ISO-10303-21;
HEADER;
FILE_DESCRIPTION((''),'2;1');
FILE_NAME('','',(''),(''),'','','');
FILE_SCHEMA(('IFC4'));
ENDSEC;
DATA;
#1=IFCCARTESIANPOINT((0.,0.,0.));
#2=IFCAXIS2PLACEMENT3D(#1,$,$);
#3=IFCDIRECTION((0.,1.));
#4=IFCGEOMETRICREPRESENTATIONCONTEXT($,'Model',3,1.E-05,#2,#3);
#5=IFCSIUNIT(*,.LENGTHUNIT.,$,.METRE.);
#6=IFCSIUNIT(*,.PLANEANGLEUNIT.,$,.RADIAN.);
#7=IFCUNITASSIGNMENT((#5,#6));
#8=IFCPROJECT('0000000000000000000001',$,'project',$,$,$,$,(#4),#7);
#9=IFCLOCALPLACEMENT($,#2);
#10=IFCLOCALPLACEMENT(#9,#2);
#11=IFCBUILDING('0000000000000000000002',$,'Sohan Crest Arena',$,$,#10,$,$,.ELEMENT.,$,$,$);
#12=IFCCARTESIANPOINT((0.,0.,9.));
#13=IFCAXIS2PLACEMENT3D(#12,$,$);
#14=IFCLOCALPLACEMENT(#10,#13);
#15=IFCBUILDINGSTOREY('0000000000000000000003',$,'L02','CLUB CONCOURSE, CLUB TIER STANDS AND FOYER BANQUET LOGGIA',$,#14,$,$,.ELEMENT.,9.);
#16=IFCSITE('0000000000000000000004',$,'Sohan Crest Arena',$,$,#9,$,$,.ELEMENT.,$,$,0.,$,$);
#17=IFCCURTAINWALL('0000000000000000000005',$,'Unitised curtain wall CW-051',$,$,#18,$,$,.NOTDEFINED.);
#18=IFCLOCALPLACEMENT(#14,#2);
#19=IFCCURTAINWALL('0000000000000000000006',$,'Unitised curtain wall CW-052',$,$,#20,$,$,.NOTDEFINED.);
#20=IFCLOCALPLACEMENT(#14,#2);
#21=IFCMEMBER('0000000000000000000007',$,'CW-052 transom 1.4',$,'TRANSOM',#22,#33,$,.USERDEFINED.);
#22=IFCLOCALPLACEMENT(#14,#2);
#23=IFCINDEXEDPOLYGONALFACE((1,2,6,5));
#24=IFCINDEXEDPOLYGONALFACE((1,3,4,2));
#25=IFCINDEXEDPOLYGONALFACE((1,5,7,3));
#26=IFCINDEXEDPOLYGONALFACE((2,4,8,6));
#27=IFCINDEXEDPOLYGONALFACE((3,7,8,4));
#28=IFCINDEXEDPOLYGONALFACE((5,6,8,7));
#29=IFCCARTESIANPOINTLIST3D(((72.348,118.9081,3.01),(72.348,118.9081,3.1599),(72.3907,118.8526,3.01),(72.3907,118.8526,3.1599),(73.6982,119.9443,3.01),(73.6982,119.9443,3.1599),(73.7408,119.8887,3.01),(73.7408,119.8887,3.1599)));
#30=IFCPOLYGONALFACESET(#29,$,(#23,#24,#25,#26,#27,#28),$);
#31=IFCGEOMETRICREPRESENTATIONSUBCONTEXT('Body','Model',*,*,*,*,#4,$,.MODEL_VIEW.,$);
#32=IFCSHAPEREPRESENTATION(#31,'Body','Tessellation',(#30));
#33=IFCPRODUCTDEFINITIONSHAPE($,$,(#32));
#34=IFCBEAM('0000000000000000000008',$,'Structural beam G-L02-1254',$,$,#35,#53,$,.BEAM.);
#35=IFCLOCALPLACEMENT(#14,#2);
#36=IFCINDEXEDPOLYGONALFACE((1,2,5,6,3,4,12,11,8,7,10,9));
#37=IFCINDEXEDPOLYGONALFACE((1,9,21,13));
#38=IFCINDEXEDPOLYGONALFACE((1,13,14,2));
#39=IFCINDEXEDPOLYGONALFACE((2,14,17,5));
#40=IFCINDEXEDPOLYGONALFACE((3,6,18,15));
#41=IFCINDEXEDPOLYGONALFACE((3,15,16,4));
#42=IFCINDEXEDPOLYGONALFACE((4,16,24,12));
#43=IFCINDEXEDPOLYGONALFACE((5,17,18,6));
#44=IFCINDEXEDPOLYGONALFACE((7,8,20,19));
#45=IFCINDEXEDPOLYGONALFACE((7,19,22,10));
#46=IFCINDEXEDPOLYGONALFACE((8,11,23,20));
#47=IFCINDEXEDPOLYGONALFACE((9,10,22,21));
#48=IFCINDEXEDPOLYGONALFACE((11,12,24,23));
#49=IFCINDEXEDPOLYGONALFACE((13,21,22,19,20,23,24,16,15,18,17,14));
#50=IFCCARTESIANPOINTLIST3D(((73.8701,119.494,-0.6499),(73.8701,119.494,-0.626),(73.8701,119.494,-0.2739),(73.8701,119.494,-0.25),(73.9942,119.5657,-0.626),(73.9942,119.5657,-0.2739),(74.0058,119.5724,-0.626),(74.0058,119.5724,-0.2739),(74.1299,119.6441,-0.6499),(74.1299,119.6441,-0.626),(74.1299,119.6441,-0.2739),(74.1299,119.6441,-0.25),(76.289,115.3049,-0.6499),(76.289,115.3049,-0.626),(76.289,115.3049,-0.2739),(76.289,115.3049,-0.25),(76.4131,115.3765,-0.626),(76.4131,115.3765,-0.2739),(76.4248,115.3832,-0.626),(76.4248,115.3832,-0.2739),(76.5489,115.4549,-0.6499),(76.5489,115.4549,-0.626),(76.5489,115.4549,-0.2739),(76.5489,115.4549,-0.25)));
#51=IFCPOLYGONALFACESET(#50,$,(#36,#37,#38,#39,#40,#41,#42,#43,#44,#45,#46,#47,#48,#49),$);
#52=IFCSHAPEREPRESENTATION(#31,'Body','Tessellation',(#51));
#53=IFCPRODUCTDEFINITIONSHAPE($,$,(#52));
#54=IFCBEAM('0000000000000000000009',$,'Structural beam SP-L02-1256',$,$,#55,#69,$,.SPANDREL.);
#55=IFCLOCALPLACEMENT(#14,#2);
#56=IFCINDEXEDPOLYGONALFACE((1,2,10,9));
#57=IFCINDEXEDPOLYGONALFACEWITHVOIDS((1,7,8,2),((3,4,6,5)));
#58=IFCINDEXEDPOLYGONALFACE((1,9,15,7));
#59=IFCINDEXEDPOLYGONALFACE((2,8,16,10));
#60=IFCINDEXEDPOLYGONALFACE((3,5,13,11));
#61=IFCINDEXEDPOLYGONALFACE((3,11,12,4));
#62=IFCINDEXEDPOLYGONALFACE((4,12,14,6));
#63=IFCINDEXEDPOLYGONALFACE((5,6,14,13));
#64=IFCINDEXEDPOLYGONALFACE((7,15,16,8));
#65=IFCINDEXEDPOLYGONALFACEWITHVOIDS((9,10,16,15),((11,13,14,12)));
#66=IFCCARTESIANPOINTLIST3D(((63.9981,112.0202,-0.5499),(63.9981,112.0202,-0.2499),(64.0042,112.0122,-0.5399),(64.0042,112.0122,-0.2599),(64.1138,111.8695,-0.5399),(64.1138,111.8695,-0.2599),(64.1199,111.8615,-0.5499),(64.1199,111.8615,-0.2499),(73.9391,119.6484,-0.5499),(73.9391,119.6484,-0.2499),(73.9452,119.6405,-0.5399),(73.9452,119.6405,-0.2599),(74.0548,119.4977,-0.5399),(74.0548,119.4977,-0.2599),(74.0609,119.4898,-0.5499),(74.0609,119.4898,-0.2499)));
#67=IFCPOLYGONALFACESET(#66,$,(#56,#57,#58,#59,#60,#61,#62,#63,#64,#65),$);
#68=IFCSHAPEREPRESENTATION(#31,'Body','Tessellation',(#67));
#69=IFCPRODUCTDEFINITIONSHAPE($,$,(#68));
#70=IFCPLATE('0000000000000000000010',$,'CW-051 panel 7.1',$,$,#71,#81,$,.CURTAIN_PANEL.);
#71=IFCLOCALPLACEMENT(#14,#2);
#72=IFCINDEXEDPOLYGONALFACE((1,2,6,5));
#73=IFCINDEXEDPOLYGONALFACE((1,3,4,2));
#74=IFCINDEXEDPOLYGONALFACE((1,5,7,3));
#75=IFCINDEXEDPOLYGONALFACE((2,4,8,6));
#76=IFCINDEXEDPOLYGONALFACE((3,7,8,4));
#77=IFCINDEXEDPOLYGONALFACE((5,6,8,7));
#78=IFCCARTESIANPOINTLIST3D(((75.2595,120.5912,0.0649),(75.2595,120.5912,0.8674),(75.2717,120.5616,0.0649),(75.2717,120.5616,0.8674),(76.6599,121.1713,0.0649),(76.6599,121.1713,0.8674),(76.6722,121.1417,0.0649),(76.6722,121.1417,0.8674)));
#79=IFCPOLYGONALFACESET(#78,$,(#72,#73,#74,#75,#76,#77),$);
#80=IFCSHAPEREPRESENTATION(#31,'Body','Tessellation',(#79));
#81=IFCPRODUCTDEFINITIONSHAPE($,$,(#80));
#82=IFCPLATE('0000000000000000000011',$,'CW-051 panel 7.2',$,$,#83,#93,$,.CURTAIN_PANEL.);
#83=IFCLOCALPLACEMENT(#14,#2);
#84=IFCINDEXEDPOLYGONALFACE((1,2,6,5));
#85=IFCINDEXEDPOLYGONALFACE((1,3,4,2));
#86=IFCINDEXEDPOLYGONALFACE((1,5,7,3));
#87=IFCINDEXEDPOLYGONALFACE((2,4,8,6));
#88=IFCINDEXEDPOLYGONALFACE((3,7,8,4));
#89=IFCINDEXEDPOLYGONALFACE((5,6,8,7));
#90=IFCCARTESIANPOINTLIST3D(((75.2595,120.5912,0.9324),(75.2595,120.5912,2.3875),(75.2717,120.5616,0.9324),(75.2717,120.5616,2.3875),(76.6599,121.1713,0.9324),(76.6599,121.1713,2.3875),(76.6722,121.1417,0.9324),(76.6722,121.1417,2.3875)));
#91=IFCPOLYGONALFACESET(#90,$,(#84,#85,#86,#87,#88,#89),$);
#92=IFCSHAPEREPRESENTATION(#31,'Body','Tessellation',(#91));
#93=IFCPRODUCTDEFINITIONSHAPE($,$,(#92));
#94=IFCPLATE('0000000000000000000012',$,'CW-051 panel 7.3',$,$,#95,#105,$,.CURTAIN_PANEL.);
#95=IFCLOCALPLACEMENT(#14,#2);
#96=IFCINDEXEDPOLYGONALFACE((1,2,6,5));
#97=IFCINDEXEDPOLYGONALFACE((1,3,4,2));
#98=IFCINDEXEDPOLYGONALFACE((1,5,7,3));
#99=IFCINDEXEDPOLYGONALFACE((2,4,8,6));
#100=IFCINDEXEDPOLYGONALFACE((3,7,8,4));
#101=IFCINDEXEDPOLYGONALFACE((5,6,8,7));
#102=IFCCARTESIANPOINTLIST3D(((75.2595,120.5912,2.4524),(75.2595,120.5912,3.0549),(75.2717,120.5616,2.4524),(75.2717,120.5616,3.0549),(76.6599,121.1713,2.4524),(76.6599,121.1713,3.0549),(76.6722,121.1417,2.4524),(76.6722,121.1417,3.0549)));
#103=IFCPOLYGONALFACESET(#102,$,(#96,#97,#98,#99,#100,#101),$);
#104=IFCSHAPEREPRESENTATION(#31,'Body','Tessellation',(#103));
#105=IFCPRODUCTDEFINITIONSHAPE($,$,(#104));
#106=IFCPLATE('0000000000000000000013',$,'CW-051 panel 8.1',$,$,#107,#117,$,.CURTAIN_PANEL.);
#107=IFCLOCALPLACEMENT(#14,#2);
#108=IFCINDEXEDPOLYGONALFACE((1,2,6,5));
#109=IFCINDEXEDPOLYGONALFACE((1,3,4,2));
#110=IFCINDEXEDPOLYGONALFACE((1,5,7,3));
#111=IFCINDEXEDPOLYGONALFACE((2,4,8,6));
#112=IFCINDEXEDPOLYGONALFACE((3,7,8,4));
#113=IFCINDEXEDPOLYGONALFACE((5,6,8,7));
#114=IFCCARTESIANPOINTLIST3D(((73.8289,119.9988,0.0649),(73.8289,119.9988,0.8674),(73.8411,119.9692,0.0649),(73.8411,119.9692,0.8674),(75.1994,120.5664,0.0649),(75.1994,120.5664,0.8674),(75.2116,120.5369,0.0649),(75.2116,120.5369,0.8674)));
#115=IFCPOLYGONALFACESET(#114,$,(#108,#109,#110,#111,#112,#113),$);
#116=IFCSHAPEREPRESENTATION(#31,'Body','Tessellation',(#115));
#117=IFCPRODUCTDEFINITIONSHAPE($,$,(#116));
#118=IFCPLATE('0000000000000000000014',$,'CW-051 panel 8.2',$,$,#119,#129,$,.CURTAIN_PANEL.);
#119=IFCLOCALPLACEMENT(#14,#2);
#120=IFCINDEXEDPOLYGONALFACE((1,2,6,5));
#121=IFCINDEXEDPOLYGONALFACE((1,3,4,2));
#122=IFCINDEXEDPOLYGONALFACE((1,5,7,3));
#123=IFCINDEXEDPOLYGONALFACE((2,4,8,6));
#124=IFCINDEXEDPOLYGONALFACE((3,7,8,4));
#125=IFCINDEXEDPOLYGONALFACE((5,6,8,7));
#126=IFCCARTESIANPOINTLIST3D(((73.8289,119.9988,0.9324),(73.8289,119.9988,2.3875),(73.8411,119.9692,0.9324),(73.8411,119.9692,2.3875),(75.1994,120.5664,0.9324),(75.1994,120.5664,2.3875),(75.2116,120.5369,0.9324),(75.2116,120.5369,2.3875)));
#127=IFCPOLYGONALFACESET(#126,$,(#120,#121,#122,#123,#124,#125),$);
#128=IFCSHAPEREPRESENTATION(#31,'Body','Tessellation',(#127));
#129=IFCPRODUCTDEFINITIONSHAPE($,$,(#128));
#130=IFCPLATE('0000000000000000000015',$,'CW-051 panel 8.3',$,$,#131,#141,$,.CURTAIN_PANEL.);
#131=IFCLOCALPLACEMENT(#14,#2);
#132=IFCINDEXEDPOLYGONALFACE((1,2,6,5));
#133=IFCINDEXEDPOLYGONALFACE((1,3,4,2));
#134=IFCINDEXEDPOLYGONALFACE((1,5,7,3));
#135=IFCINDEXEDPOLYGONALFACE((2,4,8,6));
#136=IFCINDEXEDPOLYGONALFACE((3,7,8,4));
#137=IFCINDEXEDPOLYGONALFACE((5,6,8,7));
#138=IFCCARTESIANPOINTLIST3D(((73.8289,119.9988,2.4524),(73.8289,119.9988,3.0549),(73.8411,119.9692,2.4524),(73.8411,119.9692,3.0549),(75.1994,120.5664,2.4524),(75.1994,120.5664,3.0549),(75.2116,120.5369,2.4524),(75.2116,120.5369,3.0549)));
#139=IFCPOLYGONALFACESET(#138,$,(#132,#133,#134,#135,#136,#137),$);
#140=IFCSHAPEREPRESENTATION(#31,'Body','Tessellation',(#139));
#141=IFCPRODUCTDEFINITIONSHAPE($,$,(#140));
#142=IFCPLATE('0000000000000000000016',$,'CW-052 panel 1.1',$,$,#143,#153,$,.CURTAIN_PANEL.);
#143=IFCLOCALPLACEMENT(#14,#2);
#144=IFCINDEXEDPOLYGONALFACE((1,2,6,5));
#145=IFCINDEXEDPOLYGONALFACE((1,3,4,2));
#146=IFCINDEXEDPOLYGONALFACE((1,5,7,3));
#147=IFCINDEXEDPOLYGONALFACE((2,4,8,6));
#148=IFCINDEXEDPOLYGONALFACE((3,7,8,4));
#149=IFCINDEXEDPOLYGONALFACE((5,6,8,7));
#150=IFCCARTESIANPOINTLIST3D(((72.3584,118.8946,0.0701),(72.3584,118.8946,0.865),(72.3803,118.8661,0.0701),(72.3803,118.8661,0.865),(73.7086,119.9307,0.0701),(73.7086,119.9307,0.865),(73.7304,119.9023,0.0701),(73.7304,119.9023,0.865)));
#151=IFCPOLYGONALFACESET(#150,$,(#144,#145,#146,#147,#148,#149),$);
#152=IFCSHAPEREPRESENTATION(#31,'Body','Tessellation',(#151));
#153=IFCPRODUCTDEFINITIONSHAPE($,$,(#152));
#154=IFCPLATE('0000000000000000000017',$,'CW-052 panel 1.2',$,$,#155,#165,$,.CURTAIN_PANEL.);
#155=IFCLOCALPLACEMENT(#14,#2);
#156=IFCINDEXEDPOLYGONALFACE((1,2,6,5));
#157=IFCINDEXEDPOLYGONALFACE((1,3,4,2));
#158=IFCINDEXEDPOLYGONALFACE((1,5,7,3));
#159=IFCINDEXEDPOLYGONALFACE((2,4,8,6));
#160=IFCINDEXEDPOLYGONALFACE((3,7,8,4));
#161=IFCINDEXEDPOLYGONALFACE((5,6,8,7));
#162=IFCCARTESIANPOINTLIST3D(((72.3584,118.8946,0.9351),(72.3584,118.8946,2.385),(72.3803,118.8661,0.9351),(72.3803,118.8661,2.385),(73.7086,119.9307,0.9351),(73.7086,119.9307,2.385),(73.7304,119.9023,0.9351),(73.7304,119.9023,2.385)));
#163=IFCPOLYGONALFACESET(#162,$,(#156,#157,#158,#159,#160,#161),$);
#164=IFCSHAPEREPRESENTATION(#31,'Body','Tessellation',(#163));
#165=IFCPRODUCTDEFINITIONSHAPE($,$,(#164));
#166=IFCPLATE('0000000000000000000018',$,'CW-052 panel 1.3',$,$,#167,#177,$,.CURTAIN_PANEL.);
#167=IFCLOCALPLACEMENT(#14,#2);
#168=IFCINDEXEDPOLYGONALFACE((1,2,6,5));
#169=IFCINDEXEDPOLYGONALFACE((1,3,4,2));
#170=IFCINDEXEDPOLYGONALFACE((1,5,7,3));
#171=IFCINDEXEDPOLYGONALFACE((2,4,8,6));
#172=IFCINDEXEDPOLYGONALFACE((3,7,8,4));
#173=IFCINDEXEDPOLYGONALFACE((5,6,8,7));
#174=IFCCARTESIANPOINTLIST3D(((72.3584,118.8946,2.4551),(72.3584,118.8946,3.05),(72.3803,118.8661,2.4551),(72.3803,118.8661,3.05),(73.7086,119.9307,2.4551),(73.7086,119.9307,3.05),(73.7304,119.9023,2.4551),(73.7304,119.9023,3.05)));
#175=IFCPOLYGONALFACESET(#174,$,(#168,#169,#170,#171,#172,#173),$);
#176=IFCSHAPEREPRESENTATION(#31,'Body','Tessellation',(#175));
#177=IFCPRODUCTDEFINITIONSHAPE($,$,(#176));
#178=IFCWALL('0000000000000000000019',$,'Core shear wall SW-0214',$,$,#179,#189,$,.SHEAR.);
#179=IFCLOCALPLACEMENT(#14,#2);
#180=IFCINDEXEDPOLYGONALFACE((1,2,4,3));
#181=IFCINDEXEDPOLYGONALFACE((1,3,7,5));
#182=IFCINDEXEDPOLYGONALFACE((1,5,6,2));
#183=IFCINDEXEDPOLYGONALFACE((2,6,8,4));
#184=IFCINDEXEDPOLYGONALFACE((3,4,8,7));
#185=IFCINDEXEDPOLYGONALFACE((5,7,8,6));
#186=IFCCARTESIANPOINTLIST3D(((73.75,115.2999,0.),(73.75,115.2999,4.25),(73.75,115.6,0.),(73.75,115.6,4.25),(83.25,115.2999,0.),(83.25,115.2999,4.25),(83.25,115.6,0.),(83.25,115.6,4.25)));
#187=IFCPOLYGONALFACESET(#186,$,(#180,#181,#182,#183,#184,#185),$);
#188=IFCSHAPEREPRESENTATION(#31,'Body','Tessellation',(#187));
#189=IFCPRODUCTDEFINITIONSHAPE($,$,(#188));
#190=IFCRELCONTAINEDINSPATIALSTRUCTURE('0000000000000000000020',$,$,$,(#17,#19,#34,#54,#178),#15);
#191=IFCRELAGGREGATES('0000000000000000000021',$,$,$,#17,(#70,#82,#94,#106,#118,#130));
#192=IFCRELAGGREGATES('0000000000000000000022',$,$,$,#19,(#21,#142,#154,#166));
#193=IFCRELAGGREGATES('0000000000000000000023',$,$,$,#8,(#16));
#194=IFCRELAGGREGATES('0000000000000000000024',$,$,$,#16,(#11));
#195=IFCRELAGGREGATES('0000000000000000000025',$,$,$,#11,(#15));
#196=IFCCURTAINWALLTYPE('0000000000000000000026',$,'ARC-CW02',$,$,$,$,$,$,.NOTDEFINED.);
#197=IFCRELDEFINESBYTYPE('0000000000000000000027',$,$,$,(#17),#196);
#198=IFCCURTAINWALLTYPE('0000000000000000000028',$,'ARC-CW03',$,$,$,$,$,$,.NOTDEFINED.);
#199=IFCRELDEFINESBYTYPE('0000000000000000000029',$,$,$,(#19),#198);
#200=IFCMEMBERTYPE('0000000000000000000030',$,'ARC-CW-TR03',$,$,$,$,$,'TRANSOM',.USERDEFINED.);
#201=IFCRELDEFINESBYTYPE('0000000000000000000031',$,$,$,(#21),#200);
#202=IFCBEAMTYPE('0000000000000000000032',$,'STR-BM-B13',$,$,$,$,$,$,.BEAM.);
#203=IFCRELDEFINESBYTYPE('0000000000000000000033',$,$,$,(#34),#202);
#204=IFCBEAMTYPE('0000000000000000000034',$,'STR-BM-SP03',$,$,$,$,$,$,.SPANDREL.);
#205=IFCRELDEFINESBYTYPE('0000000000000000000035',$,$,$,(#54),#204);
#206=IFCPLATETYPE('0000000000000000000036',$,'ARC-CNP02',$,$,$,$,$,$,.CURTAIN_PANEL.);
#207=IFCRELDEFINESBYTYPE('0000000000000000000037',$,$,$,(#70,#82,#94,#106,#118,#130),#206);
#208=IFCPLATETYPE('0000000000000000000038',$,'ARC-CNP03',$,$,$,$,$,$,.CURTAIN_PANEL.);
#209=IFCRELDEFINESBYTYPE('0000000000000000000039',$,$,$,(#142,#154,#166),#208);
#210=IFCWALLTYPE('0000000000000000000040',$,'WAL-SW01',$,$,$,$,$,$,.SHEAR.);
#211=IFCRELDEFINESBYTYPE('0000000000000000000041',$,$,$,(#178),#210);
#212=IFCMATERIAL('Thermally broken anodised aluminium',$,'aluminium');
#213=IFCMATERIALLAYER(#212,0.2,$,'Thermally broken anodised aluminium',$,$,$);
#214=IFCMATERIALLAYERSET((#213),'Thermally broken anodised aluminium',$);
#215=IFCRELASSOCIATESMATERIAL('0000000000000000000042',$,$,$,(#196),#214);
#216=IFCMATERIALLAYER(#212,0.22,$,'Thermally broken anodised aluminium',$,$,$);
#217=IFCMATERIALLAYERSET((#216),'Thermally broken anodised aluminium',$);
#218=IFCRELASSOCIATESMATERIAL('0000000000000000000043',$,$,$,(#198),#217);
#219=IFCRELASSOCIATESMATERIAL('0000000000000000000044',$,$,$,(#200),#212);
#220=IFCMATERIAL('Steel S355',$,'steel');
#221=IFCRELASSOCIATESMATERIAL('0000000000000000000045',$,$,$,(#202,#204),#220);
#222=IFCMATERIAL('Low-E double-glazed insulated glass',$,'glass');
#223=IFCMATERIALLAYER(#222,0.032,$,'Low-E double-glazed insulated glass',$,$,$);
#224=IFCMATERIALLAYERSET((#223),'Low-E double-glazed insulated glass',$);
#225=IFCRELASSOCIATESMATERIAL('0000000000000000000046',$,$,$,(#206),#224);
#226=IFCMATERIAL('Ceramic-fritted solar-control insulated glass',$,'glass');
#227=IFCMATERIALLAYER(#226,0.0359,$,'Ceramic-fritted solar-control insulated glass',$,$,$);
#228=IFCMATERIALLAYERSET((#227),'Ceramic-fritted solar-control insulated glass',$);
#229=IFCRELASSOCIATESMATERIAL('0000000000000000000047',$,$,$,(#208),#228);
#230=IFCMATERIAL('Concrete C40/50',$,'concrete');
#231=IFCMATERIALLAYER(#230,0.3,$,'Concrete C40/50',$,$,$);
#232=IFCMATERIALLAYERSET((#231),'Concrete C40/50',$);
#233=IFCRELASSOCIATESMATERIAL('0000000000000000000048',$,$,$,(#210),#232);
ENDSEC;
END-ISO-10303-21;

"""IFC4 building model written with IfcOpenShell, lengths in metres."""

from ifc_helpers import new_model, si_unit, direction, frame, frame_2d, origin, origin_2d, place, context, subcontext, project, spatial, rectangle, hollow_rectangle, i_section, extrude, material, layer, layer_set, material_profile, profile_set, type_object, element, aggregate, save


model = new_model("IFC4")

# Units and contexts
model_context = context("Model", 3, precision=1e-05, world=origin(), true_north=direction((0.0, 1.0)))
body_context = subcontext(model_context, "Body", "Model", "MODEL_VIEW")
ifc_project = project(units=[si_unit("LENGTHUNIT", "METRE"), si_unit("PLANEANGLEUNIT", "RADIAN")], contexts=[model_context])

# Site, building, storey
site_placement = place(None, origin())
site = spatial("IfcSite", under=ifc_project, at=site_placement, Name="Sohan Crest Arena", CompositionType="ELEMENT", RefElevation=0.0)
building_placement = place(site_placement, origin())
building = spatial("IfcBuilding", under=site, at=building_placement, Name="Sohan Crest Arena", CompositionType="ELEMENT")
storey_placement = place(building_placement, frame((0.0, 0.0, 9.0)))
storey = spatial("IfcBuildingStorey", under=building, at=storey_placement, Name="L02", Description="CLUB CONCOURSE, CLUB TIER STANDS AND FOYER BANQUET LOGGIA", CompositionType="ELEMENT", Elevation=9.0)

# Shared definitions
ifc_material_1 = material(Name="Steel S355", Category="steel")

# Curtain wall
ifc_material_2 = material(Name="Thermally broken anodised aluminium", Category="aluminium")
ifc_layer_1 = layer(ifc_material_2, 0.2, Name="Thermally broken anodised aluminium")
ifc_layer_set_1 = layer_set([ifc_layer_1], Name="Thermally broken anodised aluminium")
curtain_wall_type_1 = type_object("IfcCurtainWallType", Name="ARC-CW02", PredefinedType="NOTDEFINED", material=ifc_layer_set_1)
curtain_wall_1_placement = place(storey_placement, origin())
curtain_wall_1 = element("IfcCurtainWall", 1, at=curtain_wall_1_placement, inside=storey, type_object=curtain_wall_type_1, Name="Unitised curtain wall CW-051", PredefinedType="NOTDEFINED")

# Curtain wall
ifc_layer_2 = layer(ifc_material_2, 0.22, Name="Thermally broken anodised aluminium")
ifc_layer_set_2 = layer_set([ifc_layer_2], Name="Thermally broken anodised aluminium")
curtain_wall_type_2 = type_object("IfcCurtainWallType", Name="ARC-CW03", PredefinedType="NOTDEFINED", material=ifc_layer_set_2)
curtain_wall_2_placement = place(storey_placement, origin())
curtain_wall_2 = element("IfcCurtainWall", 2, at=curtain_wall_2_placement, inside=storey, type_object=curtain_wall_type_2, Name="Unitised curtain wall CW-052", PredefinedType="NOTDEFINED")

# Member
ifc_material_profile_1 = material_profile(ifc_material_2, rectangle(XDim=0.0701, YDim=0.1499, at=origin_2d()), Name="ALU-TRAN 70x150")
ifc_profile_set_1 = profile_set([ifc_material_profile_1], Name="Thermally broken anodised aluminium")
member_type_1 = type_object("IfcMemberType", Name="ARC-CW-TR03", ElementType="TRANSOM", PredefinedType="USERDEFINED", material=ifc_profile_set_1)
member_1_placement = place(storey_placement, frame((73.7195, 119.9165, 3.085), z_axis=(-0.793306, -0.608823, 0.0), x_axis=(0.608823, -0.793306, 0.0)))
member_1 = element("IfcMember", 3, at=member_1_placement, type_object=member_type_1, Name="CW-052 transom 1.4", ObjectType="TRANSOM", PredefinedType="USERDEFINED", context=body_context, shape_type="SweptSolid", body=[
    extrude(rectangle(XDim=0.0701, YDim=0.1499, at=origin_2d()), origin(), (0.0, 0.0, 1.0), 1.7019),
])

# Beams
ifc_material_profile_2 = material_profile(ifc_material_1, i_section(OverallWidth=0.3, OverallDepth=0.3999, WebThickness=0.0134, FlangeThickness=0.0239, at=origin_2d()), Name="HEB 400")
ifc_profile_set_2 = profile_set([ifc_material_profile_2], Name="Steel S355")
beam_type_1 = type_object("IfcBeamType", Name="STR-BM-B13", PredefinedType="BEAM", material=ifc_profile_set_2)
beam_1_placement = place(storey_placement, frame((76.4189, 115.3799, -0.45), z_axis=(-0.500047, 0.865998, 0.0), x_axis=(-0.865998, -0.500047, 0.0)))
element("IfcBeam", 4, at=beam_1_placement, inside=storey, type_object=beam_type_1, Name="Structural beam G-L02-1254", PredefinedType="BEAM", context=body_context, shape_type="SweptSolid", body=[
    extrude(i_section(OverallWidth=0.3, OverallDepth=0.3999, WebThickness=0.0134, FlangeThickness=0.0239, at=origin_2d()), origin(), (0.0, 0.0, 1.0), 4.8374),
])
ifc_material_profile_3 = material_profile(ifc_material_1, hollow_rectangle(XDim=0.2, YDim=0.3, WallThickness=0.01, at=origin_2d()), Name="RHS 300x200x10")
ifc_profile_set_3 = profile_set([ifc_material_profile_3], Name="Steel S355")
beam_type_2 = type_object("IfcBeamType", Name="STR-BM-SP03", PredefinedType="SPANDREL", material=ifc_profile_set_3)
beam_2_placement = place(storey_placement, frame((74.0, 119.5691, -0.3999), z_axis=(-0.793344, -0.608773, 0.0), x_axis=(0.608773, -0.793344, 0.0)))
element("IfcBeam", 5, at=beam_2_placement, inside=storey, type_object=beam_type_2, Name="Structural beam SP-L02-1256", PredefinedType="SPANDREL", context=body_context, shape_type="SweptSolid", body=[
    extrude(hollow_rectangle(XDim=0.2, YDim=0.3, WallThickness=0.01, at=origin_2d()), origin(), (0.0, 0.0, 1.0), 12.5305),
])

# Plates
ifc_material_3 = material(Name="Low-E double-glazed insulated glass", Category="glass")
ifc_layer_3 = layer(ifc_material_3, 0.032, Name="Low-E double-glazed insulated glass")
ifc_layer_set_3 = layer_set([ifc_layer_3], Name="Low-E double-glazed insulated glass")
plate_type_1 = type_object("IfcPlateType", Name="ARC-CNP02", PredefinedType="CURTAIN_PANEL", material=ifc_layer_set_3)
plate_1_placement = place(storey_placement, frame((75.9658, 120.8665, 0.0649), z_axis=(0.0, 0.0, 1.0), x_axis=(-0.923882, -0.382678, 0.0)))
plate_1 = element("IfcPlate", 6, at=plate_1_placement, type_object=plate_type_1, Name="CW-051 panel 7.1", PredefinedType="CURTAIN_PANEL", context=body_context, shape_type="SweptSolid", body=[
    extrude(rectangle(XDim=1.5159, YDim=0.032, at=origin_2d()), origin(), (0.0, 0.0, 1.0), 0.8025),
])
plate_2_placement = place(storey_placement, frame((75.9658, 120.8665, 0.9324), z_axis=(0.0, 0.0, 1.0), x_axis=(-0.923882, -0.382678, 0.0)))
plate_2 = element("IfcPlate", 7, at=plate_2_placement, type_object=plate_type_1, Name="CW-051 panel 7.2", PredefinedType="CURTAIN_PANEL", context=body_context, shape_type="SweptSolid", body=[
    extrude(rectangle(XDim=1.5159, YDim=0.032, at=origin_2d()), origin(), (0.0, 0.0, 1.0), 1.4551),
])
plate_3_placement = place(storey_placement, frame((75.9658, 120.8665, 2.4524), z_axis=(0.0, 0.0, 1.0), x_axis=(-0.923882, -0.382678, 0.0)))
plate_3 = element("IfcPlate", 8, at=plate_3_placement, type_object=plate_type_1, Name="CW-051 panel 7.3", PredefinedType="CURTAIN_PANEL", context=body_context, shape_type="SweptSolid", body=[
    extrude(rectangle(XDim=1.5159, YDim=0.032, at=origin_2d()), origin(), (0.0, 0.0, 1.0), 0.6025),
])
plate_4_placement = place(storey_placement, frame((74.5203, 120.2678, 0.0649), z_axis=(0.0, 0.0, 1.0), x_axis=(-0.923882, -0.382678, 0.0)))
plate_4 = element("IfcPlate", 9, at=plate_4_placement, type_object=plate_type_1, Name="CW-051 panel 8.1", PredefinedType="CURTAIN_PANEL", context=body_context, shape_type="SweptSolid", body=[
    extrude(rectangle(XDim=1.4834, YDim=0.032, at=origin_2d()), origin(), (0.0, 0.0, 1.0), 0.8025),
])
plate_5_placement = place(storey_placement, frame((74.5203, 120.2678, 0.9324), z_axis=(0.0, 0.0, 1.0), x_axis=(-0.923882, -0.382678, 0.0)))
plate_5 = element("IfcPlate", 10, at=plate_5_placement, type_object=plate_type_1, Name="CW-051 panel 8.2", PredefinedType="CURTAIN_PANEL", context=body_context, shape_type="SweptSolid", body=[
    extrude(rectangle(XDim=1.4834, YDim=0.032, at=origin_2d()), origin(), (0.0, 0.0, 1.0), 1.4551),
])
plate_6_placement = place(storey_placement, frame((74.5203, 120.2678, 2.4524), z_axis=(0.0, 0.0, 1.0), x_axis=(-0.923882, -0.382678, 0.0)))
plate_6 = element("IfcPlate", 11, at=plate_6_placement, type_object=plate_type_1, Name="CW-051 panel 8.3", PredefinedType="CURTAIN_PANEL", context=body_context, shape_type="SweptSolid", body=[
    extrude(rectangle(XDim=1.4834, YDim=0.032, at=origin_2d()), origin(), (0.0, 0.0, 1.0), 0.6025),
])
aggregate(curtain_wall_1, [plate_1, plate_2, plate_3, plate_4, plate_5, plate_6])
ifc_material_4 = material(Name="Ceramic-fritted solar-control insulated glass", Category="glass")
ifc_layer_4 = layer(ifc_material_4, 0.0359, Name="Ceramic-fritted solar-control insulated glass")
ifc_layer_set_4 = layer_set([ifc_layer_4], Name="Ceramic-fritted solar-control insulated glass")
plate_type_2 = type_object("IfcPlateType", Name="ARC-CNP03", PredefinedType="CURTAIN_PANEL", material=ifc_layer_set_4)
plate_7_placement = place(storey_placement, frame((73.0444, 119.3984, 0.0701), z_axis=(0.0, 0.0, 1.0), x_axis=(-0.793329, -0.608793, 0.0)))
plate_7 = element("IfcPlate", 12, at=plate_7_placement, type_object=plate_type_2, Name="CW-052 panel 1.1", PredefinedType="CURTAIN_PANEL", context=body_context, shape_type="SweptSolid", body=[
    extrude(rectangle(XDim=1.7019, YDim=0.0359, at=origin_2d()), origin(), (0.0, 0.0, 1.0), 0.7949),
])
plate_8_placement = place(storey_placement, frame((73.0444, 119.3984, 0.9351), z_axis=(0.0, 0.0, 1.0), x_axis=(-0.793329, -0.608793, 0.0)))
plate_8 = element("IfcPlate", 13, at=plate_8_placement, type_object=plate_type_2, Name="CW-052 panel 1.2", PredefinedType="CURTAIN_PANEL", context=body_context, shape_type="SweptSolid", body=[
    extrude(rectangle(XDim=1.7019, YDim=0.0359, at=origin_2d()), origin(), (0.0, 0.0, 1.0), 1.45),
])
plate_9_placement = place(storey_placement, frame((73.0444, 119.3984, 2.4551), z_axis=(0.0, 0.0, 1.0), x_axis=(-0.793329, -0.608793, 0.0)))
plate_9 = element("IfcPlate", 14, at=plate_9_placement, type_object=plate_type_2, Name="CW-052 panel 1.3", PredefinedType="CURTAIN_PANEL", context=body_context, shape_type="SweptSolid", body=[
    extrude(rectangle(XDim=1.7019, YDim=0.0359, at=origin_2d()), origin(), (0.0, 0.0, 1.0), 0.595),
])
aggregate(curtain_wall_2, [member_1, plate_7, plate_8, plate_9])

# Wall
ifc_material_5 = material(Name="Concrete C40/50", Category="concrete")
ifc_layer_5 = layer(ifc_material_5, 0.3, Name="Concrete C40/50")
ifc_layer_set_5 = layer_set([ifc_layer_5], Name="Concrete C40/50")
wall_type = type_object("IfcWallType", Name="WAL-SW01", PredefinedType="SHEAR", material=ifc_layer_set_5)
wall_placement = place(storey_placement, frame((73.75, 115.45, 0.0), z_axis=(0.0, 0.0, 1.0), x_axis=(1.0, 0.0, 0.0)))
element("IfcWall", 15, at=wall_placement, inside=storey, type_object=wall_type, Name="Core shear wall SW-0214", PredefinedType="SHEAR", context=body_context, shape_type="SweptSolid", body=[
    extrude(rectangle(XDim=9.5, YDim=0.3, at=frame_2d((4.75, 0.0))), origin(), (0.0, 0.0, 1.0), 4.25),
])

save(model, "model.ifc")
